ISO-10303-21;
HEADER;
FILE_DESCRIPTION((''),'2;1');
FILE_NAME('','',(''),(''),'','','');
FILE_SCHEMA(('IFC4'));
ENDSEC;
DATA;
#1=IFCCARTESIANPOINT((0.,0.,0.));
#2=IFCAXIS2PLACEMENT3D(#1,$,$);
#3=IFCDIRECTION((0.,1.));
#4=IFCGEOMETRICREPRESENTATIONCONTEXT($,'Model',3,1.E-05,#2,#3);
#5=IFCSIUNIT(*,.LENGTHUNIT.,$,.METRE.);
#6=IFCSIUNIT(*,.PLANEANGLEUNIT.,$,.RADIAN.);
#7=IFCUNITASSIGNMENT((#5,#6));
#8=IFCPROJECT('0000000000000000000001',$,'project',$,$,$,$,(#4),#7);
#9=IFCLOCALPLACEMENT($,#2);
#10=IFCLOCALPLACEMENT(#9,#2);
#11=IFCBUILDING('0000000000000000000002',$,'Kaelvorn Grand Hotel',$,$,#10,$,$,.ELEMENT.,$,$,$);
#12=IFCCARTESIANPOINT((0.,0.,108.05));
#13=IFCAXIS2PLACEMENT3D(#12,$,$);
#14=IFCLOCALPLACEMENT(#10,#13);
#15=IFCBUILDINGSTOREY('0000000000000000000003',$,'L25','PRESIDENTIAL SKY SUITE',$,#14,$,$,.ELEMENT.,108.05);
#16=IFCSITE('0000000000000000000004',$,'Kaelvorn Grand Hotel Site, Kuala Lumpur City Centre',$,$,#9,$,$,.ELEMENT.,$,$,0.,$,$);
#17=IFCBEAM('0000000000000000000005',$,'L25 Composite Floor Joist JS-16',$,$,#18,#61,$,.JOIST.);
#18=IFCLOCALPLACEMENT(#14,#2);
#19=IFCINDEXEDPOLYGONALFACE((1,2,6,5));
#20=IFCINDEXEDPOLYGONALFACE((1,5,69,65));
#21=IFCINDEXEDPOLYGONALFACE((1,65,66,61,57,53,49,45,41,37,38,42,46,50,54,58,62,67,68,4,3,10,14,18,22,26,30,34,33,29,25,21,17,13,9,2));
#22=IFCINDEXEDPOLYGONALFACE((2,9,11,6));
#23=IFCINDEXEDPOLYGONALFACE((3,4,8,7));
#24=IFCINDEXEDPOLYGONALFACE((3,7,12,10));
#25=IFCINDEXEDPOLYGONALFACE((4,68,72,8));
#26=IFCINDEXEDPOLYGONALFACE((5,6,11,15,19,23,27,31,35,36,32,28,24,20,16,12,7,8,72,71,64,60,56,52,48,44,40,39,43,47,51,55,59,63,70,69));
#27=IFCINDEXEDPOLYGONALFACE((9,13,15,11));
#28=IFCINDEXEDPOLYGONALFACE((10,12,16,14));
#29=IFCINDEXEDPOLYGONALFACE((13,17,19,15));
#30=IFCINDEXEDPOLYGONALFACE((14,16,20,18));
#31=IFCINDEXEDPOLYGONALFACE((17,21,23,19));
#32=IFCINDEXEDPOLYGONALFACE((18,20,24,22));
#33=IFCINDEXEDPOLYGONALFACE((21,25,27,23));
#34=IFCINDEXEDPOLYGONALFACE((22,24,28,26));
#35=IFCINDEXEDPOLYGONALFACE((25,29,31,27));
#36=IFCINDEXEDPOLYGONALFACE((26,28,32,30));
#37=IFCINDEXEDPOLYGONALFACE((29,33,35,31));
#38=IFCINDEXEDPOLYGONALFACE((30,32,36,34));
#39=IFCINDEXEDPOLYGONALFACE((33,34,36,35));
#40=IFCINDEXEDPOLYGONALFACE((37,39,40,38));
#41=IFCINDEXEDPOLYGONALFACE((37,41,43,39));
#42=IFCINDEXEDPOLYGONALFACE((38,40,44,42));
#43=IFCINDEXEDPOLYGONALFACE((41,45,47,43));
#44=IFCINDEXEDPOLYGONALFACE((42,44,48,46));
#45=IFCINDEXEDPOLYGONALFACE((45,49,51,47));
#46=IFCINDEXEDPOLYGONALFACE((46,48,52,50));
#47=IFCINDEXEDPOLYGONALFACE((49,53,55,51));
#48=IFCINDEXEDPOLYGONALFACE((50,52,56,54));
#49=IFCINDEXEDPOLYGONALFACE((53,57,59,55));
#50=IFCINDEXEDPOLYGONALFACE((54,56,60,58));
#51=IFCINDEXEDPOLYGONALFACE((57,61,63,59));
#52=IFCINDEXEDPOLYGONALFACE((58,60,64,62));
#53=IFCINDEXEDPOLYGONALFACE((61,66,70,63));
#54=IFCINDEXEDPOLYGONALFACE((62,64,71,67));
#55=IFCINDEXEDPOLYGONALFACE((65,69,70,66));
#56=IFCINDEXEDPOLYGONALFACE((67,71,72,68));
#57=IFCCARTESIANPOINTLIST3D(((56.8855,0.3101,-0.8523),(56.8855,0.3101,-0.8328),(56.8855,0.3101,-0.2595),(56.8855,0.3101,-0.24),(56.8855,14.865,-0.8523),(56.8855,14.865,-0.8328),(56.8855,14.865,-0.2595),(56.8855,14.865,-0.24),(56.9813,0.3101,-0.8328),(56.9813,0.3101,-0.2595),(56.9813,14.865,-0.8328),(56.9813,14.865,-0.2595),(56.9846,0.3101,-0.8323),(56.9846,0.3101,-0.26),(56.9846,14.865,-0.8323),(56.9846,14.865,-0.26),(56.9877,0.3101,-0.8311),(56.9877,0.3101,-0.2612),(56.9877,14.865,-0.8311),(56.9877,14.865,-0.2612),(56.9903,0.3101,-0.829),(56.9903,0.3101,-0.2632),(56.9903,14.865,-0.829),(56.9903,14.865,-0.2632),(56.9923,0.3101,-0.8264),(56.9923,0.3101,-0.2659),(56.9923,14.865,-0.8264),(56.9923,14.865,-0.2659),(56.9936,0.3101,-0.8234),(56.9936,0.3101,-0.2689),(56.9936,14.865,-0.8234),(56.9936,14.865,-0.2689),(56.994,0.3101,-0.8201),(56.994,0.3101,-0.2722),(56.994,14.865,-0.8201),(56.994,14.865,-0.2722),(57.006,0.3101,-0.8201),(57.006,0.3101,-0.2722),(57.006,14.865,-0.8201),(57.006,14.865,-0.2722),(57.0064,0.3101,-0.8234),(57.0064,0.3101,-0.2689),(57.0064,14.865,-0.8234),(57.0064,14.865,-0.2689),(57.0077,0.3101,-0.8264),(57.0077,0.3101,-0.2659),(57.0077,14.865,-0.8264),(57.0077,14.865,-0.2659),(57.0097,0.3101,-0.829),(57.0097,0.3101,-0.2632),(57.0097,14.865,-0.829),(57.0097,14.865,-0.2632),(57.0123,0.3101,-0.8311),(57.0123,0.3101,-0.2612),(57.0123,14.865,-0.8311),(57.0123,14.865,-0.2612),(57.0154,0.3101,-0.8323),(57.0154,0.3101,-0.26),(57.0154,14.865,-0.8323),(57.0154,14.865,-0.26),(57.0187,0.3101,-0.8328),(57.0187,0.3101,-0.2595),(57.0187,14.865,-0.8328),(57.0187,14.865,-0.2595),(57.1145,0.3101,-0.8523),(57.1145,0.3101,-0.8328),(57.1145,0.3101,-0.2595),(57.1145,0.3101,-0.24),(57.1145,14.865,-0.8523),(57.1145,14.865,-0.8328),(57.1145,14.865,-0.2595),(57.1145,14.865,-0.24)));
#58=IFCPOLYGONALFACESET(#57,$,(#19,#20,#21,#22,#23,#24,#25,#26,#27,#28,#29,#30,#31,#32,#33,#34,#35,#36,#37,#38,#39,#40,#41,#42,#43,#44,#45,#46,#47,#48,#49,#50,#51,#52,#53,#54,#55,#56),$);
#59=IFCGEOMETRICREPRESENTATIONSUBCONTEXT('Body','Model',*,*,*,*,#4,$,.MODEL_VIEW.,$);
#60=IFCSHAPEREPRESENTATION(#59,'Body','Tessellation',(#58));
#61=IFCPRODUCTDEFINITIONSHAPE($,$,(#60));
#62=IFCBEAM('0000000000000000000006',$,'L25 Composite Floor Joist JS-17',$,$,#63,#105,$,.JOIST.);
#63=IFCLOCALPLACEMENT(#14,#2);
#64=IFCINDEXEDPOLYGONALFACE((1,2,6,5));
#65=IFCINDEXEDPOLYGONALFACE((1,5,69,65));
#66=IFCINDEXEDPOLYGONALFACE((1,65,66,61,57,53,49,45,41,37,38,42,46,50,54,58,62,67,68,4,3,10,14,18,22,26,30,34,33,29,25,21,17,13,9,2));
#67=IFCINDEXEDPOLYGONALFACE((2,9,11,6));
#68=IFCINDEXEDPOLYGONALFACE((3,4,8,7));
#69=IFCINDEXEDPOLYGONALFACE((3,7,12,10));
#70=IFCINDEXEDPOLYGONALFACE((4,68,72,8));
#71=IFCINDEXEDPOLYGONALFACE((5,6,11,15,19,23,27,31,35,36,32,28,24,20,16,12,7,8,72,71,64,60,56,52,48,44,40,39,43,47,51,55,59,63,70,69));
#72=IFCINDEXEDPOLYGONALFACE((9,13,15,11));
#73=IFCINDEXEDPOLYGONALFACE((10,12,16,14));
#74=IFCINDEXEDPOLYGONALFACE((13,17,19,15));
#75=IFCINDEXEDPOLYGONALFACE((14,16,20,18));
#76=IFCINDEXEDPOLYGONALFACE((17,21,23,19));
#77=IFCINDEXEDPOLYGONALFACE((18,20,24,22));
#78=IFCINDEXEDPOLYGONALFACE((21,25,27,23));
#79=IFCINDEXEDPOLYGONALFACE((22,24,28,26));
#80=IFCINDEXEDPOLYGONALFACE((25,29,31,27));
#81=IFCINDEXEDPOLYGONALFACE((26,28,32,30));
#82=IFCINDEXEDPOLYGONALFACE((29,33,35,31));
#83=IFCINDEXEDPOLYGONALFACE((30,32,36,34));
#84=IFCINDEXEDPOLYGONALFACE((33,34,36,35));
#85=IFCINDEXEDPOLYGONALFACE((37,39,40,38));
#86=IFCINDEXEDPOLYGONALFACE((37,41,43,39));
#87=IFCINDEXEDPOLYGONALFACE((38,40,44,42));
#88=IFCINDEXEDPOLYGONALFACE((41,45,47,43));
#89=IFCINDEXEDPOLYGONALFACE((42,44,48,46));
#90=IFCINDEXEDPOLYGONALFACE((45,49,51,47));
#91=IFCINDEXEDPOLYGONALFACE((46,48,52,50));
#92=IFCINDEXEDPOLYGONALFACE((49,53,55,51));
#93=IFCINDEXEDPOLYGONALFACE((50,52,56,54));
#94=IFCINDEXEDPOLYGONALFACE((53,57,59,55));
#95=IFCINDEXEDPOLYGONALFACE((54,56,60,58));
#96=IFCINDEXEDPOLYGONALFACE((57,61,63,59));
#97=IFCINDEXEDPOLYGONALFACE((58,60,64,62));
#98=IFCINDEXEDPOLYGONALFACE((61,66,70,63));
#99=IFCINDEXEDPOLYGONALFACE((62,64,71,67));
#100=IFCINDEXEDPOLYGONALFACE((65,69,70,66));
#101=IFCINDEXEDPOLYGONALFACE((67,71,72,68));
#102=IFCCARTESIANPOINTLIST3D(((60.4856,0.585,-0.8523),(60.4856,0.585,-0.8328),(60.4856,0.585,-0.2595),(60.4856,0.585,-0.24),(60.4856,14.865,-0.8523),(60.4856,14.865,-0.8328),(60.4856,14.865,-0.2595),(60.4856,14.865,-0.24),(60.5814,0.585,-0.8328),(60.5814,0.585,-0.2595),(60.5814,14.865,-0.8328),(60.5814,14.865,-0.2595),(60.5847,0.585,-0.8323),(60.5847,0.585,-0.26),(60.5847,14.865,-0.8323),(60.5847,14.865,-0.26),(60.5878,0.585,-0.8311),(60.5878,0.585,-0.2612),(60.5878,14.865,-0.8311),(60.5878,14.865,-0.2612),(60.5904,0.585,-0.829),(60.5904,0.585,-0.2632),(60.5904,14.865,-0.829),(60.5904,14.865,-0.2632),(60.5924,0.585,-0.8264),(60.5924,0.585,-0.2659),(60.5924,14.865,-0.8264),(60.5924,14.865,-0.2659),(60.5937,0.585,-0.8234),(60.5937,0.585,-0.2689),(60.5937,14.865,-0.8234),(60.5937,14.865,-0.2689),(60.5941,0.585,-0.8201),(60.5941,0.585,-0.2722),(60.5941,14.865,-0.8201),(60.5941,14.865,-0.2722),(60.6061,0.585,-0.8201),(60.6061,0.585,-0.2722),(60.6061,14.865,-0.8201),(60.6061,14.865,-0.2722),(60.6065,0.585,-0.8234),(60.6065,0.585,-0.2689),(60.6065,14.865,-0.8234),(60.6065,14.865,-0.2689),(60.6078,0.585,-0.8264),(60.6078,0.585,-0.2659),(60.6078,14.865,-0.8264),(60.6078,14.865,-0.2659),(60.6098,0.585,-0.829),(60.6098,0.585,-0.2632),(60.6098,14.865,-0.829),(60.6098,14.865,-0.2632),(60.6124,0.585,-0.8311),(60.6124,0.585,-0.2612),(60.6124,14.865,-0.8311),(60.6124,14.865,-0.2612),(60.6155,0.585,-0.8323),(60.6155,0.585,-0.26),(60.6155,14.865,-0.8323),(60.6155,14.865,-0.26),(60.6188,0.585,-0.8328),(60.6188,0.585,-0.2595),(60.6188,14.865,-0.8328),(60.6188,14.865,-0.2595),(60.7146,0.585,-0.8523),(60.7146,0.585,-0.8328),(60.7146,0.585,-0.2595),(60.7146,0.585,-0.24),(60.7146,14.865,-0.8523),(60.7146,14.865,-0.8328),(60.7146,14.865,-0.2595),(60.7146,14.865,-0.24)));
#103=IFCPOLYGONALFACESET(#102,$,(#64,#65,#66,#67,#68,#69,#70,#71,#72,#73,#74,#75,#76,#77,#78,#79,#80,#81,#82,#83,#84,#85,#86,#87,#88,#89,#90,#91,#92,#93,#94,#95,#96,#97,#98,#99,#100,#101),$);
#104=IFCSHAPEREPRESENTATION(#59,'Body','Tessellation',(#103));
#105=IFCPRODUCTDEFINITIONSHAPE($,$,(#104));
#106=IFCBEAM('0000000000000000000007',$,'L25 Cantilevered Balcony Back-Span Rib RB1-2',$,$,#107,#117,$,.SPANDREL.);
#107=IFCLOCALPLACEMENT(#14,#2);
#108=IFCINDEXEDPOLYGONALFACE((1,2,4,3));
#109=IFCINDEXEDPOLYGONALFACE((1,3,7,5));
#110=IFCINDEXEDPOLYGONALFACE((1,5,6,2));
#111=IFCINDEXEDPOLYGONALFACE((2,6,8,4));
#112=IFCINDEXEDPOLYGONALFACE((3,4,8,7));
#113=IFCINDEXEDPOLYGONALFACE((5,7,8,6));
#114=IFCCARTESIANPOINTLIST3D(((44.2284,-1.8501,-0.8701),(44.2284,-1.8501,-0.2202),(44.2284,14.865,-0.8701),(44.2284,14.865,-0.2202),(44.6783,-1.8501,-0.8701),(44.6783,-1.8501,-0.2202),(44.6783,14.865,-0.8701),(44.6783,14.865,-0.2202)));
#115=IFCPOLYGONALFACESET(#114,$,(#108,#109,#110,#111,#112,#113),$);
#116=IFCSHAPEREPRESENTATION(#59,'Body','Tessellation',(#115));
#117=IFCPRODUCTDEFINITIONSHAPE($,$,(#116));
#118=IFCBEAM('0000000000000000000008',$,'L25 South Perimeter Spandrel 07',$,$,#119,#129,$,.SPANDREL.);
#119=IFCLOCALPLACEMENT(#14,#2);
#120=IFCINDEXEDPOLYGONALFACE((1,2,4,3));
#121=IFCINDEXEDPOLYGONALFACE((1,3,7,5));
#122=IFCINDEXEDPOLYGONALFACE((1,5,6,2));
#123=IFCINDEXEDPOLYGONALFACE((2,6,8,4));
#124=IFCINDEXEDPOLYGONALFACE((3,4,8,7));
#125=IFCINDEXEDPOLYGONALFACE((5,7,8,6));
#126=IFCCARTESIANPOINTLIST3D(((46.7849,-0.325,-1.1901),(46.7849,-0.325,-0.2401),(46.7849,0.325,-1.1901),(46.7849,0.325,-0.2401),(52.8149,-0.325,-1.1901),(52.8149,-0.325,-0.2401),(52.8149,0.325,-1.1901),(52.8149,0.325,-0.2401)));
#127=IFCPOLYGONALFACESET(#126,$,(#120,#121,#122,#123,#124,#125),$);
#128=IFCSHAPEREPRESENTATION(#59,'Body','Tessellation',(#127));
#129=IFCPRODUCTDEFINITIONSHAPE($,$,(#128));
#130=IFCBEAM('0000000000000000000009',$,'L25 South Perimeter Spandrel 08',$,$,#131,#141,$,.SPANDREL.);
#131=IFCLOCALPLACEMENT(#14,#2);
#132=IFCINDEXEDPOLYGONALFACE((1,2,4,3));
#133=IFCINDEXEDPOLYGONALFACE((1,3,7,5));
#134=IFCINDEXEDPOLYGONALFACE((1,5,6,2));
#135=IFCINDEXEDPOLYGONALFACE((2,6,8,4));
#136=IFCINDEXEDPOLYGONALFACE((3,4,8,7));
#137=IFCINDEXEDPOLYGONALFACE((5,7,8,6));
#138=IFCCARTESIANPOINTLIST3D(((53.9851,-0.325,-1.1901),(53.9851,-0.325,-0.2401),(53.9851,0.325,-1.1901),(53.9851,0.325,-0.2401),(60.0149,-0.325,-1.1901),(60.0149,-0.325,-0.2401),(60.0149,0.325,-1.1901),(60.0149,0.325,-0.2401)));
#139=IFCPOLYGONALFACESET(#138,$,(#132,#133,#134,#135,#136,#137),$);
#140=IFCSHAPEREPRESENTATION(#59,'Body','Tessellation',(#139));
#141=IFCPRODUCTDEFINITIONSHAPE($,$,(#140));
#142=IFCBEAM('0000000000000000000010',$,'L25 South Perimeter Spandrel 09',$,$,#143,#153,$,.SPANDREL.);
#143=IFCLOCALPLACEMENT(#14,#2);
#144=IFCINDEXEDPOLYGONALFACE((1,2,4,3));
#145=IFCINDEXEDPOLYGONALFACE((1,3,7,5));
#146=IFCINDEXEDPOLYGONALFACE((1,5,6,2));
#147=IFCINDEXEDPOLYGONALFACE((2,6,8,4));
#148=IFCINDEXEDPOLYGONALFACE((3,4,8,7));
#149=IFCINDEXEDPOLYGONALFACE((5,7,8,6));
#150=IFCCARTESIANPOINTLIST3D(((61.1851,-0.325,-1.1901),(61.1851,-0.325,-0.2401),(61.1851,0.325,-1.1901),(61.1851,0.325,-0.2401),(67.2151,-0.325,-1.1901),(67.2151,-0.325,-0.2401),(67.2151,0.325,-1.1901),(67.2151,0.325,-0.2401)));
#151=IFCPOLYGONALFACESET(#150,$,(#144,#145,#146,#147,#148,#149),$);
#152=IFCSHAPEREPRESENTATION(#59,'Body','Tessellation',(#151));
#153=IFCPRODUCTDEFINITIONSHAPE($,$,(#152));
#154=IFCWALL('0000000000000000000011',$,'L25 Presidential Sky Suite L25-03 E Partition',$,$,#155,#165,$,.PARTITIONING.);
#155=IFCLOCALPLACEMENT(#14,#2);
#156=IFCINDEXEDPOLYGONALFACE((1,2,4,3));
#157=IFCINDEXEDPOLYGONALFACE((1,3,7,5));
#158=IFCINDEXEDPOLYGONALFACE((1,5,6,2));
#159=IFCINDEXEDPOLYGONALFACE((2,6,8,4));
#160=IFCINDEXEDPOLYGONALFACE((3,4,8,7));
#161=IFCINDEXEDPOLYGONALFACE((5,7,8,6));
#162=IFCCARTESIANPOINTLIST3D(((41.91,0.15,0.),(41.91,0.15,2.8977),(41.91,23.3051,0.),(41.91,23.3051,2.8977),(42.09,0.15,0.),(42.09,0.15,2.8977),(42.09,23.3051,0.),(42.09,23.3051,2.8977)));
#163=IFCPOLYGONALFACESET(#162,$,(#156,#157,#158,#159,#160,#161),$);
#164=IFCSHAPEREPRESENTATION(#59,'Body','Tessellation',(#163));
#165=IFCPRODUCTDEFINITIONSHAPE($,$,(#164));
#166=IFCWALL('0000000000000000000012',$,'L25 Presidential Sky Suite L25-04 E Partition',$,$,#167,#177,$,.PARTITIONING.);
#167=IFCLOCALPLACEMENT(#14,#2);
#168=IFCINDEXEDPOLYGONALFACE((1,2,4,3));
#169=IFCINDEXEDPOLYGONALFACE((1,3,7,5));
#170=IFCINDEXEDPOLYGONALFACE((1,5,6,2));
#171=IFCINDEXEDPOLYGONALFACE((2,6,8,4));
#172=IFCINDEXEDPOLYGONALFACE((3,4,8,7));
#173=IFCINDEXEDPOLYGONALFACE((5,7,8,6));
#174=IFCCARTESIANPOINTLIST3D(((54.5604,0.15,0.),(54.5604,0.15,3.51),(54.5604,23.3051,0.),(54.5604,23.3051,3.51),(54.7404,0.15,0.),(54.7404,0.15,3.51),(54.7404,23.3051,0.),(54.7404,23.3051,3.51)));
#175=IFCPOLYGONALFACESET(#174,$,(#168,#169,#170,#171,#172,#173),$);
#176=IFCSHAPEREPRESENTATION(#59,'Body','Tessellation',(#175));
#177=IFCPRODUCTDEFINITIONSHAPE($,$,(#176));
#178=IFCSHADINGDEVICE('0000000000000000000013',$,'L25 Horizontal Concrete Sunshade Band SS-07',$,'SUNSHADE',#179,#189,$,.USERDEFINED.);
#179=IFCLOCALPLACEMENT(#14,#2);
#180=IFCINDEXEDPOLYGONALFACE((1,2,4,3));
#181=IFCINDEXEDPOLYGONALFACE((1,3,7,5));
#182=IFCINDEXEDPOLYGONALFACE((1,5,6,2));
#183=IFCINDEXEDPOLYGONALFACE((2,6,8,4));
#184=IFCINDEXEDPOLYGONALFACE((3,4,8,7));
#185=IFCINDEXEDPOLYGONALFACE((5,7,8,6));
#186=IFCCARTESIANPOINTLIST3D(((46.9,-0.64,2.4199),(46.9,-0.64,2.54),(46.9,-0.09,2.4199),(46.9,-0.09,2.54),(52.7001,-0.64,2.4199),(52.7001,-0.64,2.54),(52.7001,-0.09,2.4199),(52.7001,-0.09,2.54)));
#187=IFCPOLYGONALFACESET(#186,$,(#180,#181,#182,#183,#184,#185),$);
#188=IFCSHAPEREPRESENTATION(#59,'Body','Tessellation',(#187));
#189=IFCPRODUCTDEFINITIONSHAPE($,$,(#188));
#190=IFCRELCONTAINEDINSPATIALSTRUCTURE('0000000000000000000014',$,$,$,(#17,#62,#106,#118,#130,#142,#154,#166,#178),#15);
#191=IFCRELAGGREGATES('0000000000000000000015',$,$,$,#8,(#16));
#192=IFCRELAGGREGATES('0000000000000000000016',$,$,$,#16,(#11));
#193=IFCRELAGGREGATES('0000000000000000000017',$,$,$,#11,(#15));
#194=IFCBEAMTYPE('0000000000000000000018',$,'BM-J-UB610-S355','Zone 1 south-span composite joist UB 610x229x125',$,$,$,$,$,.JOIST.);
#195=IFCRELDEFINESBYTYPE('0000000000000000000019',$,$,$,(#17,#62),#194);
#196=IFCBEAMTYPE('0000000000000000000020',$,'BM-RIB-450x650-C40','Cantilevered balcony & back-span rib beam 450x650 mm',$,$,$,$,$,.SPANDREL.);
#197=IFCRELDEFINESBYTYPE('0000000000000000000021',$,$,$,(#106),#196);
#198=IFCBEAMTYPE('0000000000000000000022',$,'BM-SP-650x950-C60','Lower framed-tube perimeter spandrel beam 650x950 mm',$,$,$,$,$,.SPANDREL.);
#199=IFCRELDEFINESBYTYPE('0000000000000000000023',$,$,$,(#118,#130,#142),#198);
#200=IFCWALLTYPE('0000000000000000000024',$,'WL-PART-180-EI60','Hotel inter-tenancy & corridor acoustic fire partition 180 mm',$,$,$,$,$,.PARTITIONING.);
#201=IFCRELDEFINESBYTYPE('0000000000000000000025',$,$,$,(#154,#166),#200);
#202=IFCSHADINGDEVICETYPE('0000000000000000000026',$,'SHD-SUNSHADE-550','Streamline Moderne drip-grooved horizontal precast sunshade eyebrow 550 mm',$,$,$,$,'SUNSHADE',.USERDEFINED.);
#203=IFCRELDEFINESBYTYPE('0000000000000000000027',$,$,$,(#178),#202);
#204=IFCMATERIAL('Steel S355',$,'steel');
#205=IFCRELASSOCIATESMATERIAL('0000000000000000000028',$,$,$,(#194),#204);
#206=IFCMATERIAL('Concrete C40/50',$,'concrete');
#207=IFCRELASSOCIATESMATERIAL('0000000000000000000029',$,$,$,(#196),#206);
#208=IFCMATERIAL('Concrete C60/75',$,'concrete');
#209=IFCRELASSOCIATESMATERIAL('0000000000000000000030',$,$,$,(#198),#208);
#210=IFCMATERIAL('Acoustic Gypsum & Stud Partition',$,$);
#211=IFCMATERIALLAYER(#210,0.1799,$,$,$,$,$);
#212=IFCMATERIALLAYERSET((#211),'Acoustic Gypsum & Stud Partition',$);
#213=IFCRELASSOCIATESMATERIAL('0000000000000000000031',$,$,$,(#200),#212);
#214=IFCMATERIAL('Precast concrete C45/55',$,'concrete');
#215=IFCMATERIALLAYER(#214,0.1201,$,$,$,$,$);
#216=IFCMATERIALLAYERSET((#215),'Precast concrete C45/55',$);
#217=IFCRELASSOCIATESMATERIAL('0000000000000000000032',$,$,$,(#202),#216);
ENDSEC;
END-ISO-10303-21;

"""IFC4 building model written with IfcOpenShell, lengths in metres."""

from ifc_helpers import new_model, si_unit, direction, frame, frame_2d, origin, origin_2d, place, context, subcontext, project, spatial, rectangle, i_section, extrude, material, layer, layer_set, material_profile, profile_set, type_object, element, save


model = new_model("IFC4")

# Units and contexts
model_context = context("Model", 3, precision=1e-05, world=origin(), true_north=direction((0.0, 1.0)))
body_context = subcontext(model_context, "Body", "Model", "MODEL_VIEW")
ifc_project = project(units=[si_unit("LENGTHUNIT", "METRE"), si_unit("PLANEANGLEUNIT", "RADIAN")], contexts=[model_context])

# Site, building, storey
site_placement = place(None, origin())
site = spatial("IfcSite", under=ifc_project, at=site_placement, Name="Kaelvorn Grand Hotel Site, Kuala Lumpur City Centre", CompositionType="ELEMENT", RefElevation=0.0)
building_placement = place(site_placement, origin())
building = spatial("IfcBuilding", under=site, at=building_placement, Name="Kaelvorn Grand Hotel", CompositionType="ELEMENT")
storey_placement = place(building_placement, frame((0.0, 0.0, 108.05)))
storey = spatial("IfcBuildingStorey", under=building, at=storey_placement, Name="L25", Description="PRESIDENTIAL SKY SUITE", CompositionType="ELEMENT", Elevation=108.05)

# Shared definitions
ifc_material_1 = material(Name="Concrete C60/75", Category="concrete")

# Beams
ifc_material_2 = material(Name="Steel S355", Category="steel")
ifc_material_profile_1 = material_profile(ifc_material_2, i_section(OverallWidth=0.229, OverallDepth=0.6123, WebThickness=0.012, FlangeThickness=0.0195, FilletRadius=0.0127, at=origin_2d()), Name="UB 610x229x125")
ifc_profile_set_1 = profile_set([ifc_material_profile_1], Name="Steel S355")
beam_type_1 = type_object("IfcBeamType", Name="BM-J-UB610-S355", Description="Zone 1 south-span composite joist UB 610x229x125", PredefinedType="JOIST", material=ifc_profile_set_1)
beam_1_placement = place(storey_placement, frame((57.0, 0.3101, -0.5461), z_axis=(0.0, 1.0, 0.0), x_axis=(-1.0, 0.0, 0.0)))
element("IfcBeam", 1, at=beam_1_placement, inside=storey, type_object=beam_type_1, Name="L25 Composite Floor Joist JS-16", PredefinedType="JOIST", context=body_context, shape_type="SweptSolid", body=[
    extrude(i_section(OverallWidth=0.229, OverallDepth=0.6123, WebThickness=0.012, FlangeThickness=0.0195, FilletRadius=0.0127, at=origin_2d()), origin(), (0.0, 0.0, 1.0), 14.5549),
])
beam_2_placement = place(storey_placement, frame((60.6001, 0.585, -0.5461), z_axis=(0.0, 1.0, 0.0), x_axis=(-1.0, 0.0, 0.0)))
element("IfcBeam", 2, at=beam_2_placement, inside=storey, type_object=beam_type_1, Name="L25 Composite Floor Joist JS-17", PredefinedType="JOIST", context=body_context, shape_type="SweptSolid", body=[
    extrude(i_section(OverallWidth=0.229, OverallDepth=0.6123, WebThickness=0.012, FlangeThickness=0.0195, FilletRadius=0.0127, at=origin_2d()), origin(), (0.0, 0.0, 1.0), 14.28),
])
ifc_material_3 = material(Name="Concrete C40/50", Category="concrete")
ifc_material_profile_2 = material_profile(ifc_material_3, rectangle(XDim=0.45, YDim=0.6499, at=origin_2d()), Name="RC RIB 450x650")
ifc_profile_set_2 = profile_set([ifc_material_profile_2], Name="Concrete C40/50")
beam_type_2 = type_object("IfcBeamType", Name="BM-RIB-450x650-C40", Description="Cantilevered balcony & back-span rib beam 450x650 mm", PredefinedType="SPANDREL", material=ifc_profile_set_2)
beam_3_placement = place(storey_placement, frame((44.4534, -1.8501, -0.5452), z_axis=(0.0, 1.0, 0.0), x_axis=(-1.0, 0.0, 0.0)))
element("IfcBeam", 3, at=beam_3_placement, inside=storey, type_object=beam_type_2, Name="L25 Cantilevered Balcony Back-Span Rib RB1-2", PredefinedType="SPANDREL", context=body_context, shape_type="SweptSolid", body=[
    extrude(rectangle(XDim=0.45, YDim=0.6499, at=origin_2d()), origin(), (0.0, 0.0, 1.0), 16.7151),
])
ifc_material_profile_3 = material_profile(ifc_material_1, rectangle(XDim=0.6499, YDim=0.95, at=origin_2d()), Name="RC SPANDREL 650x950")
ifc_profile_set_3 = profile_set([ifc_material_profile_3], Name="Concrete C60/75")
beam_type_3 = type_object("IfcBeamType", Name="BM-SP-650x950-C60", Description="Lower framed-tube perimeter spandrel beam 650x950 mm", PredefinedType="SPANDREL", material=ifc_profile_set_3)
beam_4_placement = place(storey_placement, frame((46.7849, 0.0, -0.7151), z_axis=(1.0, 0.0, 0.0), x_axis=(0.0, 1.0, 0.0)))
element("IfcBeam", 4, at=beam_4_placement, inside=storey, type_object=beam_type_3, Name="L25 South Perimeter Spandrel 07", PredefinedType="SPANDREL", context=body_context, shape_type="SweptSolid", body=[
    extrude(rectangle(XDim=0.6499, YDim=0.95, at=origin_2d()), origin(), (0.0, 0.0, 1.0), 6.03),
])
beam_5_placement = place(storey_placement, frame((53.9851, 0.0, -0.7151), z_axis=(1.0, 0.0, 0.0), x_axis=(0.0, 1.0, 0.0)))
element("IfcBeam", 5, at=beam_5_placement, inside=storey, type_object=beam_type_3, Name="L25 South Perimeter Spandrel 08", PredefinedType="SPANDREL", context=body_context, shape_type="SweptSolid", body=[
    extrude(rectangle(XDim=0.6499, YDim=0.95, at=origin_2d()), origin(), (0.0, 0.0, 1.0), 6.0298),
])
beam_6_placement = place(storey_placement, frame((61.1851, 0.0, -0.7151), z_axis=(1.0, 0.0, 0.0), x_axis=(0.0, 1.0, 0.0)))
element("IfcBeam", 6, at=beam_6_placement, inside=storey, type_object=beam_type_3, Name="L25 South Perimeter Spandrel 09", PredefinedType="SPANDREL", context=body_context, shape_type="SweptSolid", body=[
    extrude(rectangle(XDim=0.6499, YDim=0.95, at=origin_2d()), origin(), (0.0, 0.0, 1.0), 6.03),
])

# Walls
ifc_material_4 = material(Name="Acoustic Gypsum & Stud Partition")
ifc_layer_1 = layer(ifc_material_4, 0.1799)
ifc_layer_set_1 = layer_set([ifc_layer_1], Name="Acoustic Gypsum & Stud Partition")
wall_type = type_object("IfcWallType", Name="WL-PART-180-EI60", Description="Hotel inter-tenancy & corridor acoustic fire partition 180 mm", PredefinedType="PARTITIONING", material=ifc_layer_set_1)
wall_1_placement = place(storey_placement, frame((42.0, 0.1499, 0.0), z_axis=(0.0, 0.0, 1.0), x_axis=(0.0, 1.0, 0.0)))
element("IfcWall", 7, at=wall_1_placement, inside=storey, type_object=wall_type, Name="L25 Presidential Sky Suite L25-03 E Partition", PredefinedType="PARTITIONING", context=body_context, shape_type="SweptSolid", body=[
    extrude(rectangle(XDim=23.155, YDim=0.1799, at=frame_2d((11.5776, 0.0))), origin(), (0.0, 0.0, 1.0), 2.8977),
])
wall_2_placement = place(storey_placement, frame((54.6504, 0.1499, 0.0), z_axis=(0.0, 0.0, 1.0), x_axis=(0.0, 1.0, 0.0)))
element("IfcWall", 8, at=wall_2_placement, inside=storey, type_object=wall_type, Name="L25 Presidential Sky Suite L25-04 E Partition", PredefinedType="PARTITIONING", context=body_context, shape_type="SweptSolid", body=[
    extrude(rectangle(XDim=23.155, YDim=0.1799, at=frame_2d((11.5776, 0.0))), origin(), (0.0, 0.0, 1.0), 3.51),
])

# Shading device
ifc_material_5 = material(Name="Precast concrete C45/55", Category="concrete")
ifc_layer_2 = layer(ifc_material_5, 0.1201)
ifc_layer_set_2 = layer_set([ifc_layer_2], Name="Precast concrete C45/55")
shading_device_type_1 = type_object("IfcShadingDeviceType", Name="SHD-SUNSHADE-550", Description="Streamline Moderne drip-grooved horizontal precast sunshade eyebrow 550 mm", ElementType="SUNSHADE", PredefinedType="USERDEFINED", material=ifc_layer_set_2)
shading_device_placement = place(storey_placement, frame((49.8, -0.365, 2.4199), z_axis=(0.0, 0.0, 1.0), x_axis=(1.0, 0.0, 0.0)))
element("IfcShadingDevice", 9, at=shading_device_placement, inside=storey, type_object=shading_device_type_1, Name="L25 Horizontal Concrete Sunshade Band SS-07", ObjectType="SUNSHADE", PredefinedType="USERDEFINED", context=body_context, shape_type="SweptSolid", body=[
    extrude(rectangle(XDim=5.8, YDim=0.55, at=origin_2d()), origin(), (0.0, 0.0, 1.0), 0.1201),
])

save(model, "model.ifc")
